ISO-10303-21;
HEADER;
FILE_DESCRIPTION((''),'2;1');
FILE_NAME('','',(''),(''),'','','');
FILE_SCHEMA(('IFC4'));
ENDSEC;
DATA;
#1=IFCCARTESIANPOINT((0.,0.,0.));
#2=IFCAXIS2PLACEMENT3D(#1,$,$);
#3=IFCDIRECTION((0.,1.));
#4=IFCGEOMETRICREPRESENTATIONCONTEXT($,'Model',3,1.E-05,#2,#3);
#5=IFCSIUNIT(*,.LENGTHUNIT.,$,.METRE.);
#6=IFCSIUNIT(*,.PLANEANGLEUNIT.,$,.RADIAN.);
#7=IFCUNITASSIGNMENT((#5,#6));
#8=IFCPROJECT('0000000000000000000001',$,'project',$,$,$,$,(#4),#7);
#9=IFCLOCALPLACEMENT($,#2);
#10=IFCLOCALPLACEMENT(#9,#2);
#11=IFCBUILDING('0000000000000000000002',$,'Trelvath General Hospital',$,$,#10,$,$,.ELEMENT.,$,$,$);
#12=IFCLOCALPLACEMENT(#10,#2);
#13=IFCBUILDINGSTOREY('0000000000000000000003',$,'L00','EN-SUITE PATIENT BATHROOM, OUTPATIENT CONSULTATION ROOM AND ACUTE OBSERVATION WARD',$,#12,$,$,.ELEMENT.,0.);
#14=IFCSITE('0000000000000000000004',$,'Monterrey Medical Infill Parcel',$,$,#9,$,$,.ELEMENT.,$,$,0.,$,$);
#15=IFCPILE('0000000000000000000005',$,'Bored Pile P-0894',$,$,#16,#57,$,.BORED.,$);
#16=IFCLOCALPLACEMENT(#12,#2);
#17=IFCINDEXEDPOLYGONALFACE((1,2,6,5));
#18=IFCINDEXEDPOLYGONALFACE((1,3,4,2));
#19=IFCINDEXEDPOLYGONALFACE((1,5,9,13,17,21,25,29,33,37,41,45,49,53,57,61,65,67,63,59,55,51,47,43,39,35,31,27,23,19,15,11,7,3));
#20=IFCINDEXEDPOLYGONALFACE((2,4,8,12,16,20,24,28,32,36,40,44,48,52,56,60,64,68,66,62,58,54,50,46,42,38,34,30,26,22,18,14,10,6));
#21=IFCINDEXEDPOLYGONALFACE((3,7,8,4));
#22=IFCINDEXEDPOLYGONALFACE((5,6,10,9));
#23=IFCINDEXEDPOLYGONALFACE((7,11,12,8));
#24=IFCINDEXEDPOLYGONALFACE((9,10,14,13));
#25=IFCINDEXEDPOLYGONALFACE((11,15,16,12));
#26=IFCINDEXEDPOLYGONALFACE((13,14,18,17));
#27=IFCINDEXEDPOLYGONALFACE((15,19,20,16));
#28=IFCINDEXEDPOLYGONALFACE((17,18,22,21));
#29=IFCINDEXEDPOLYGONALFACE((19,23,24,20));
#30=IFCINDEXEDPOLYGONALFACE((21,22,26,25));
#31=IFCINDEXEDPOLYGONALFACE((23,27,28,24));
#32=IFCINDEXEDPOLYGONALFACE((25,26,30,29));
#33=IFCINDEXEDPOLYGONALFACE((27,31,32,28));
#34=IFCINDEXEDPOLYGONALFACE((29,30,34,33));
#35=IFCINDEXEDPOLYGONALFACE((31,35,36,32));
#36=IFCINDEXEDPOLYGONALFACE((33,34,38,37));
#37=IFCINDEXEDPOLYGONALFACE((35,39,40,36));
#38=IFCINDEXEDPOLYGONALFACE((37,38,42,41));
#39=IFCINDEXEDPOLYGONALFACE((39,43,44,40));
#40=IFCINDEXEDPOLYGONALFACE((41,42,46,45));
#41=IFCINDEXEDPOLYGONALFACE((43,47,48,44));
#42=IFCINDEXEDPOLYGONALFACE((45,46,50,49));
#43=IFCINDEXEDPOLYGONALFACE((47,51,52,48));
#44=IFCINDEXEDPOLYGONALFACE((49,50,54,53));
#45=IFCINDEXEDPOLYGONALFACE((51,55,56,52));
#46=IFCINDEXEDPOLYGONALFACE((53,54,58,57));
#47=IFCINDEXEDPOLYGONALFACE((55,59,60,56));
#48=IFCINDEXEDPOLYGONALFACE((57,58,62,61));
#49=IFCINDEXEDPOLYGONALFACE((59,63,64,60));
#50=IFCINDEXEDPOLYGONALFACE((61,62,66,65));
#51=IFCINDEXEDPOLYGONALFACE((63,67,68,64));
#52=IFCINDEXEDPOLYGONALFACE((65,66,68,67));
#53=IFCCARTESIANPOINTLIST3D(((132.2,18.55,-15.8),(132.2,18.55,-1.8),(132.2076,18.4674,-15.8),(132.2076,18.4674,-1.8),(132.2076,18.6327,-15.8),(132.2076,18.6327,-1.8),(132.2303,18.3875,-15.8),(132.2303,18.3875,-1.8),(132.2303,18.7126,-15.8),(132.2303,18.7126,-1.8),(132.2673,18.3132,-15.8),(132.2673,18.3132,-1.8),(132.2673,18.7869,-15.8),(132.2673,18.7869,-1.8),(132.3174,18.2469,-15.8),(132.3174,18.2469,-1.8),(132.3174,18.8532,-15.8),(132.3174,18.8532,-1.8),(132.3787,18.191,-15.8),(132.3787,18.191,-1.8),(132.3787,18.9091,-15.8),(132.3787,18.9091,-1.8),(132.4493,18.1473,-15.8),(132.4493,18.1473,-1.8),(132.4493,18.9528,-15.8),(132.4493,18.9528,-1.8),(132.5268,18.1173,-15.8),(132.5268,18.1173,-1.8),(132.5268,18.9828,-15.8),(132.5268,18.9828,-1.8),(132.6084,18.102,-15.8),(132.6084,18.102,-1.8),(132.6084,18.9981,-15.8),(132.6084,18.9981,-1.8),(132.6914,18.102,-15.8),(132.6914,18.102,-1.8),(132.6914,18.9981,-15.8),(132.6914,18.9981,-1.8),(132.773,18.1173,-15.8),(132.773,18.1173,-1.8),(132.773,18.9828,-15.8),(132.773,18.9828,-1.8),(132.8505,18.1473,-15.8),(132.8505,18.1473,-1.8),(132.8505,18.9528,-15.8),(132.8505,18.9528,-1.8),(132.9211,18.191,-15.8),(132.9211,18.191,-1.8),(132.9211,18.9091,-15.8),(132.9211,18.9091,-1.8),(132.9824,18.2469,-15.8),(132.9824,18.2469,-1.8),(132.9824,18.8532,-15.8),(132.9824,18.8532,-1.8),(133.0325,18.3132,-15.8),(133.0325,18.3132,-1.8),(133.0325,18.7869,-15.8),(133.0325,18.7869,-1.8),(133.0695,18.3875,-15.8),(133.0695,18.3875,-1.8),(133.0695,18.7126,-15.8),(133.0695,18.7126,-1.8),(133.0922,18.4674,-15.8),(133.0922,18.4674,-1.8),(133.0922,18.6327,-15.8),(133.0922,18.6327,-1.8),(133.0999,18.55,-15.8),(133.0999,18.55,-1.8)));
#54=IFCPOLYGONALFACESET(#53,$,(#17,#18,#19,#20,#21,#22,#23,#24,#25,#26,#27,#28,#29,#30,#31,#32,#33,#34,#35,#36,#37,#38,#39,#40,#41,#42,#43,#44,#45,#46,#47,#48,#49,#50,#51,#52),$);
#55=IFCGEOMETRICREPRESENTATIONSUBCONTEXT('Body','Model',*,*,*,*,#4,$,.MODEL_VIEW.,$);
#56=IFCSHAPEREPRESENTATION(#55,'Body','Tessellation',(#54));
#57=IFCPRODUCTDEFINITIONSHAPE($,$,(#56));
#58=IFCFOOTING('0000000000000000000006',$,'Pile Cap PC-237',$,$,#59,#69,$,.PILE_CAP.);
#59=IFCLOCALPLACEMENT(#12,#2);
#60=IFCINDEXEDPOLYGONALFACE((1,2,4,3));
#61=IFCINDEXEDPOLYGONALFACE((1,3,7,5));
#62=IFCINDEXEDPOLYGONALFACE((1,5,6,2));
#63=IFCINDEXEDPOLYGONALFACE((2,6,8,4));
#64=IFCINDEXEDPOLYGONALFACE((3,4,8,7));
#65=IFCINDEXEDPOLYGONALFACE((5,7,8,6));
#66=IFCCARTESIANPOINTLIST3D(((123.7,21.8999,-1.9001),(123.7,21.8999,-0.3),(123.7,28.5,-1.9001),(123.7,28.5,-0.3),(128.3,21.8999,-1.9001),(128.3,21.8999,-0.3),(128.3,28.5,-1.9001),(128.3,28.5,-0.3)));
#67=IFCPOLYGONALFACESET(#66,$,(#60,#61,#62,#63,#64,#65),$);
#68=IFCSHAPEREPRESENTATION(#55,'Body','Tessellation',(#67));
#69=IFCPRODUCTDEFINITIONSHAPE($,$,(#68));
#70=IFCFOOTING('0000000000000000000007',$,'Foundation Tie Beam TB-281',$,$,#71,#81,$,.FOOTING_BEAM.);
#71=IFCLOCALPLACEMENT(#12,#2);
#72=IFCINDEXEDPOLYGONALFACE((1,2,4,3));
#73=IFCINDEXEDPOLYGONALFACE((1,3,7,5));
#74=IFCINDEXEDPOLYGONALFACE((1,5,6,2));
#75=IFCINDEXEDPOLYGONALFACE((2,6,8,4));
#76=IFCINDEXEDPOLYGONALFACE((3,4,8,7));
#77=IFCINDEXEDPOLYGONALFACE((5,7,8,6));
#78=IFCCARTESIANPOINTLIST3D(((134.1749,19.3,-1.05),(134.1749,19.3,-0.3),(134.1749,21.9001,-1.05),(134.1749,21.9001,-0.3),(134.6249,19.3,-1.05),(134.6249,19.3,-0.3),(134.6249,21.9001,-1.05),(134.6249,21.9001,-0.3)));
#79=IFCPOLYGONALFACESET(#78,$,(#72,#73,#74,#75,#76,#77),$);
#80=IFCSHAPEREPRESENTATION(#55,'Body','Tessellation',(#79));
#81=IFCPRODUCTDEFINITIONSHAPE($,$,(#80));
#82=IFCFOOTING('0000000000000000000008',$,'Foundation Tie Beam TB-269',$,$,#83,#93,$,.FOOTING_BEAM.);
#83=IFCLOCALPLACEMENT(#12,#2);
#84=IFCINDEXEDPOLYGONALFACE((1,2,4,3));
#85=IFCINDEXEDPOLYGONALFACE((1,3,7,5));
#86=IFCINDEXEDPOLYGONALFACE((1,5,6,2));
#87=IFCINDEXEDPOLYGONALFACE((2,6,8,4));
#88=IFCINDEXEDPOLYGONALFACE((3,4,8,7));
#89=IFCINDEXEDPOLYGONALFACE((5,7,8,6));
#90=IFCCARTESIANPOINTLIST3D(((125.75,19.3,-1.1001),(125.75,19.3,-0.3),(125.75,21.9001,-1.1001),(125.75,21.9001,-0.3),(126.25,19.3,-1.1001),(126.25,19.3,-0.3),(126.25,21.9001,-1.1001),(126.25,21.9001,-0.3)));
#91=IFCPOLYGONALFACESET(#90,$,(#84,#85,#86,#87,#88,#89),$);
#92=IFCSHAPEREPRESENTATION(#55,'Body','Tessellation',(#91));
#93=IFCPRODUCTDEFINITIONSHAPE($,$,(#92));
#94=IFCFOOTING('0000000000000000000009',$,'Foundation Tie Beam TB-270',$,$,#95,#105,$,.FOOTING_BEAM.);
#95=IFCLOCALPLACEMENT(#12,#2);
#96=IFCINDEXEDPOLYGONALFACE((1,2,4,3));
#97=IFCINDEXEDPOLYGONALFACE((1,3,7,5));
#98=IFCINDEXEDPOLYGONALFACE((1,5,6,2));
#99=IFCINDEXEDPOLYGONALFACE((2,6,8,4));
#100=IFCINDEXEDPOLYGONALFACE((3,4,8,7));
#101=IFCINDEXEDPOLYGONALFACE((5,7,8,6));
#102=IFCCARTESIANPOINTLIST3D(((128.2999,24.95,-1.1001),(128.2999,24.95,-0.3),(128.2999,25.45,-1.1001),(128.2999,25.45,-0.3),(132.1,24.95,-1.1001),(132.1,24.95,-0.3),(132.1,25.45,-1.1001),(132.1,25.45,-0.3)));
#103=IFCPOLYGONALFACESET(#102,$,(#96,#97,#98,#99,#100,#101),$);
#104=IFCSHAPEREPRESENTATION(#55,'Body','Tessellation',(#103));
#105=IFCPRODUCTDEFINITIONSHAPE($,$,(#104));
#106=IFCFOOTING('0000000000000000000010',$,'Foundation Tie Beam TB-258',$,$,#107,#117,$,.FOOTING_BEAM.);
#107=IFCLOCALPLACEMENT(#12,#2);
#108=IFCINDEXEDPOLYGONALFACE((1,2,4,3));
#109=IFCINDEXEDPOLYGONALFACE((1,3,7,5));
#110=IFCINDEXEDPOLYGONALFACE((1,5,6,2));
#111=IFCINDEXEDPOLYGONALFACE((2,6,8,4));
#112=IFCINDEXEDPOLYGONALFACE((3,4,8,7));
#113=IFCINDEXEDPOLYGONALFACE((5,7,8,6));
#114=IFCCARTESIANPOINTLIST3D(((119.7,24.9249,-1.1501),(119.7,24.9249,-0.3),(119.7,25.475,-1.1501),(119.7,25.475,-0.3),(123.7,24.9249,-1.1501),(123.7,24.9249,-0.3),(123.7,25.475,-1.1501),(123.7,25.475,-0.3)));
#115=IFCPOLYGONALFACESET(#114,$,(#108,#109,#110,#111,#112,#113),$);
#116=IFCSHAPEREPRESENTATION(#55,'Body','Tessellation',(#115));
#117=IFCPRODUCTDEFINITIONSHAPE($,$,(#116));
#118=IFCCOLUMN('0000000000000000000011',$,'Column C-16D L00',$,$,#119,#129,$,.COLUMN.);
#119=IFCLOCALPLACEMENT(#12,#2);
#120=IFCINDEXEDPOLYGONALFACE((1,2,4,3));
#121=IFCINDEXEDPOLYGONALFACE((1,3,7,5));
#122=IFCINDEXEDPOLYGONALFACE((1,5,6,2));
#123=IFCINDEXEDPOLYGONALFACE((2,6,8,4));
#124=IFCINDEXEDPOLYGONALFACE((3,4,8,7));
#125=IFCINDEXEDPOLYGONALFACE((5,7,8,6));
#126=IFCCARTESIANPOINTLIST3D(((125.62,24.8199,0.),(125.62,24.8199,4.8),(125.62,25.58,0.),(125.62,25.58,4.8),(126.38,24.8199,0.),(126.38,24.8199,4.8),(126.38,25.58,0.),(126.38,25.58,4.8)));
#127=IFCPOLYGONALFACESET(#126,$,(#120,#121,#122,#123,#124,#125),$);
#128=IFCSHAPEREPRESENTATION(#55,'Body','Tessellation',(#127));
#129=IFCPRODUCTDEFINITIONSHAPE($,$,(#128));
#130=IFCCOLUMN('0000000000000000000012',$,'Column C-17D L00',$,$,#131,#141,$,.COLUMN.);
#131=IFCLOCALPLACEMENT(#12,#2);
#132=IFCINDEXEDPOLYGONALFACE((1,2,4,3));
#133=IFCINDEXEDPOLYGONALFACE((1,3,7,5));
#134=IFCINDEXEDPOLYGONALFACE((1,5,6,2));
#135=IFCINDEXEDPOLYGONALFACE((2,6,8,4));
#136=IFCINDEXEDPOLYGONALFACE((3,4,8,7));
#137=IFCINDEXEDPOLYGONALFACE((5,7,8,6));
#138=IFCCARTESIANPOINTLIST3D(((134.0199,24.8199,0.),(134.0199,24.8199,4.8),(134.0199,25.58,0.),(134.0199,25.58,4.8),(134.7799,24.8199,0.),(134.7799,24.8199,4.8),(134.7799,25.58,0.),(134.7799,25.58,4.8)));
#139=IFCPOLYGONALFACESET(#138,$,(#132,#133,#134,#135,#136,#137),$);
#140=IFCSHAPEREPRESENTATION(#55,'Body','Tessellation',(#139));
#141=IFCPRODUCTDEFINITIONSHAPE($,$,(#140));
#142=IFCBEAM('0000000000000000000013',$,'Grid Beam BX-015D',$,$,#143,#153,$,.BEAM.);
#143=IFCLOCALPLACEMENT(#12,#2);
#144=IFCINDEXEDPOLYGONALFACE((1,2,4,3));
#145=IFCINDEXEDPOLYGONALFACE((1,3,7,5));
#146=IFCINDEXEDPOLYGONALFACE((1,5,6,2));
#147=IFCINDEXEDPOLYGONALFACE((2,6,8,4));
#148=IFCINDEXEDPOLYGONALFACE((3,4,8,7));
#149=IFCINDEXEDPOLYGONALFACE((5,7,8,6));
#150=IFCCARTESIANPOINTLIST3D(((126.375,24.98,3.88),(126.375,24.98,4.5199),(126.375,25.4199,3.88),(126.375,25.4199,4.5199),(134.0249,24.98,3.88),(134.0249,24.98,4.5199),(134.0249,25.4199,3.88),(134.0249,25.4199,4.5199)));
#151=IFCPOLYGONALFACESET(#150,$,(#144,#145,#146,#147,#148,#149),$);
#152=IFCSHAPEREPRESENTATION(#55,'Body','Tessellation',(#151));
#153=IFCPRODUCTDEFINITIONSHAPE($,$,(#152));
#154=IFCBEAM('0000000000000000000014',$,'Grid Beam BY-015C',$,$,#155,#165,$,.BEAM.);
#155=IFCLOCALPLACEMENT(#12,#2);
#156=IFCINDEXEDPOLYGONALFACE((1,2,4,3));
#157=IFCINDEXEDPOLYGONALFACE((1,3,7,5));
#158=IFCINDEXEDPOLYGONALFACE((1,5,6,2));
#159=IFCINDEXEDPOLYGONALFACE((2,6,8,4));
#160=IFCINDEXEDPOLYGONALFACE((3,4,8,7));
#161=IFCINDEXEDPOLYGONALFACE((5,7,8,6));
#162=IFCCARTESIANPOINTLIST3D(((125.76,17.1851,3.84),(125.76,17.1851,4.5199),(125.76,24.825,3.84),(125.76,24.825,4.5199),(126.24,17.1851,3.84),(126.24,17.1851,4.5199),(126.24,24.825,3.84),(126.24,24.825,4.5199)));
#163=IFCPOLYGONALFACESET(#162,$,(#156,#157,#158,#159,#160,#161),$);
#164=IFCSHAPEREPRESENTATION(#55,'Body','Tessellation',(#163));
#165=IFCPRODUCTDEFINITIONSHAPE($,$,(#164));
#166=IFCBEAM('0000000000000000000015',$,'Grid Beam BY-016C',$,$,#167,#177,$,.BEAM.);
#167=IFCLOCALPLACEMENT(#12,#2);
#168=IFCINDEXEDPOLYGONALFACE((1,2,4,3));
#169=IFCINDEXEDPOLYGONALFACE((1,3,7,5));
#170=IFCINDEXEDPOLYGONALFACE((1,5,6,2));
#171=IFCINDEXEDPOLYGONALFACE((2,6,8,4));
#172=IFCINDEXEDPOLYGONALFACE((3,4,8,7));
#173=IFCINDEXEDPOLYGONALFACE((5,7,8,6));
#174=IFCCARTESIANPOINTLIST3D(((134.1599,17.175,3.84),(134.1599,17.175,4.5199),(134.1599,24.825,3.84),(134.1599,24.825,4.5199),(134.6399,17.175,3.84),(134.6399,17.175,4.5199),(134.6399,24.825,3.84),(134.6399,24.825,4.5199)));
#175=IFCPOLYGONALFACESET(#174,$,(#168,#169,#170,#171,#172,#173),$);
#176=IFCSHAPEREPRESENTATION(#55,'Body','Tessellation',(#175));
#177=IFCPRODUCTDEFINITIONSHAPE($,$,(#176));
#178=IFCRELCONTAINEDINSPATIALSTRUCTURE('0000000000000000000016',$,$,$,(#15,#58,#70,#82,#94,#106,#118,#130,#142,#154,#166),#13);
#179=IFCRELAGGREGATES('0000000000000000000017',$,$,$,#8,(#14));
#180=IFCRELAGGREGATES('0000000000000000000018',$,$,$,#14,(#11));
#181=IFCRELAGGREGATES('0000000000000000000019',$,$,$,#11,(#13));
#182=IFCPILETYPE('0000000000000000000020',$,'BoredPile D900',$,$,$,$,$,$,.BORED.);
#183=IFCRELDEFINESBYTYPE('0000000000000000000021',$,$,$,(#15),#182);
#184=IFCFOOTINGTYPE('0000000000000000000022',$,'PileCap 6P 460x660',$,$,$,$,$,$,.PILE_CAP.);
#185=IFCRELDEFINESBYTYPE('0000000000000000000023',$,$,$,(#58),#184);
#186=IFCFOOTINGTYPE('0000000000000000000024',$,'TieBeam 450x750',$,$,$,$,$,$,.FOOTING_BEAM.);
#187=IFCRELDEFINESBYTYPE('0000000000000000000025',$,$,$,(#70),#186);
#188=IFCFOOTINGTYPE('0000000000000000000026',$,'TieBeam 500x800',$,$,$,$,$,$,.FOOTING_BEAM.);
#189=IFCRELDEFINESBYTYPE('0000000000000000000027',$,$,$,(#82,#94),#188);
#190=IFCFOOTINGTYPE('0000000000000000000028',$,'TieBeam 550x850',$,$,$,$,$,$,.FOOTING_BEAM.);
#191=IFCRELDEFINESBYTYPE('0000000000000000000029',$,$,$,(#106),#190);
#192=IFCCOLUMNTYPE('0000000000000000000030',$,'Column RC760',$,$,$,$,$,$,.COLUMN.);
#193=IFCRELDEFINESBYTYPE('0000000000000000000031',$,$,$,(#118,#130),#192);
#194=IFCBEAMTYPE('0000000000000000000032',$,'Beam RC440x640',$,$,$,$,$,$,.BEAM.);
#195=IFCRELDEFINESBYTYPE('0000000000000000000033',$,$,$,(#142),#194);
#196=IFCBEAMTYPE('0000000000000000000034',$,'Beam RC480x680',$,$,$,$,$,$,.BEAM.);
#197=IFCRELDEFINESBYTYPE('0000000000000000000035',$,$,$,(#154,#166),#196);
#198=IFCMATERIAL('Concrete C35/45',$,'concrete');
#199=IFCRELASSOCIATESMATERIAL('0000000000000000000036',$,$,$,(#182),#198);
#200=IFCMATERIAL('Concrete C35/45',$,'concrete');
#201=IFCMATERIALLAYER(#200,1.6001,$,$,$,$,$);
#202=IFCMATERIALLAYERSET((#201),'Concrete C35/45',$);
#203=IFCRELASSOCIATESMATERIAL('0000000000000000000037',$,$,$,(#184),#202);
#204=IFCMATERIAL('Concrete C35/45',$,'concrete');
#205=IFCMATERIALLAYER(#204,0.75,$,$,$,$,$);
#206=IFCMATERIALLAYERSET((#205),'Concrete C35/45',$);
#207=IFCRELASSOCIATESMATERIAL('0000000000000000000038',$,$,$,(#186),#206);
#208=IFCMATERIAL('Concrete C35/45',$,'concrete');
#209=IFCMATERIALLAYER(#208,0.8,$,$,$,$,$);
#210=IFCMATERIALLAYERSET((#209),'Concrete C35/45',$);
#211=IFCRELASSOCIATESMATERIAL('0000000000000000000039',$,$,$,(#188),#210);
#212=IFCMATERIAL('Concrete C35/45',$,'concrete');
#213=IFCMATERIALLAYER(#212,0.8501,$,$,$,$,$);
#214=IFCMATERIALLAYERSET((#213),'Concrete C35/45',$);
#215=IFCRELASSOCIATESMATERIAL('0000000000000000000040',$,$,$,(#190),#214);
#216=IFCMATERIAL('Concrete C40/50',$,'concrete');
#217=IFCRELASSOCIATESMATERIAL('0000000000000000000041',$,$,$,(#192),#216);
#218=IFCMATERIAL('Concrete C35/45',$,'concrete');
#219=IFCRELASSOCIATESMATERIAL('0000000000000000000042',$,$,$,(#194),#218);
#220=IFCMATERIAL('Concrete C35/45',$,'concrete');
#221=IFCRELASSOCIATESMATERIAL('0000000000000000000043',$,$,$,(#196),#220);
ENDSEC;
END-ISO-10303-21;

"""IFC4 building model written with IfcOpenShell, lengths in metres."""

from ifc_helpers import new_model, si_unit, direction, frame, origin, origin_2d, place, context, subcontext, project, spatial, rectangle, circle, extrude, material, layer, layer_set, material_profile, profile_set, type_object, element, save


model = new_model("IFC4")

# Units and contexts
model_context = context("Model", 3, precision=1e-05, world=origin(), true_north=direction((0.0, 1.0)))
body_context = subcontext(model_context, "Body", "Model", "MODEL_VIEW")
ifc_project = project(units=[si_unit("LENGTHUNIT", "METRE"), si_unit("PLANEANGLEUNIT", "RADIAN")], contexts=[model_context])

# Site, building, storey
site_placement = place(None, origin())
site = spatial("IfcSite", under=ifc_project, at=site_placement, Name="Monterrey Medical Infill Parcel", CompositionType="ELEMENT", RefElevation=0.0)
building_placement = place(site_placement, origin())
building = spatial("IfcBuilding", under=site, at=building_placement, Name="Trelvath General Hospital", CompositionType="ELEMENT")
storey_placement = place(building_placement, origin())
storey = spatial("IfcBuildingStorey", under=building, at=storey_placement, Name="L00", Description="EN-SUITE PATIENT BATHROOM, OUTPATIENT CONSULTATION ROOM AND ACUTE OBSERVATION WARD", CompositionType="ELEMENT", Elevation=0.0)

# Pile
ifc_material_1 = material(Name="Concrete C35/45", Category="concrete")
ifc_material_profile_1 = material_profile(ifc_material_1, circle(Radius=0.45, at=origin_2d()), Name="PILE900")
ifc_profile_set_1 = profile_set([ifc_material_profile_1], Name="Concrete C35/45")
pile_type_1 = type_object("IfcPileType", Name="BoredPile D900", PredefinedType="BORED", material=ifc_profile_set_1)
for number, where, z_axis, x_axis, name in (
    (1, (132.6499, 18.55, -1.8), (0.0, 0.0, -1.0), (1.0, 0.0, 0.0), "Bored Pile P-0894"),
):
    element("IfcPile", number, at=place(storey_placement, frame(where, z_axis=z_axis, x_axis=x_axis)), inside=storey, type_object=pile_type_1, Name=name, PredefinedType="BORED", context=body_context, shape_type="SweptSolid", body=[
        extrude(circle(Radius=0.45, at=origin_2d()), origin(), (0.0, 0.0, 1.0), 14.0),
    ])

# Footings
ifc_material_2 = material(Name="Concrete C35/45", Category="concrete")
ifc_layer_1 = layer(ifc_material_2, 1.6001)
ifc_layer_set_1 = layer_set([ifc_layer_1], Name="Concrete C35/45")
footing_type_1 = type_object("IfcFootingType", Name="PileCap 6P 460x660", PredefinedType="PILE_CAP", material=ifc_layer_set_1)
footing_1_placement = place(storey_placement, frame((126.0, 25.2, -1.9001), z_axis=(0.0, 0.0, 1.0), x_axis=(1.0, 0.0, 0.0)))
element("IfcFooting", 2, at=footing_1_placement, inside=storey, type_object=footing_type_1, Name="Pile Cap PC-237", PredefinedType="PILE_CAP", context=body_context, shape_type="SweptSolid", body=[
    extrude(rectangle(XDim=4.6001, YDim=6.6001, at=origin_2d()), origin(), (0.0, 0.0, 1.0), 1.6001),
])
ifc_material_3 = material(Name="Concrete C35/45", Category="concrete")
ifc_layer_2 = layer(ifc_material_3, 0.75)
ifc_layer_set_2 = layer_set([ifc_layer_2], Name="Concrete C35/45")
footing_type_2 = type_object("IfcFootingType", Name="TieBeam 450x750", PredefinedType="FOOTING_BEAM", material=ifc_layer_set_2)
footing_2_placement = place(storey_placement, frame((134.3999, 20.6001, -1.05), z_axis=(0.0, 0.0, 1.0), x_axis=(1.0, 0.0, 0.0)))
element("IfcFooting", 3, at=footing_2_placement, inside=storey, type_object=footing_type_2, Name="Foundation Tie Beam TB-281", PredefinedType="FOOTING_BEAM", context=body_context, shape_type="SweptSolid", body=[
    extrude(rectangle(XDim=0.45, YDim=2.6001, at=origin_2d()), origin(), (0.0, 0.0, 1.0), 0.75),
])
ifc_material_4 = material(Name="Concrete C35/45", Category="concrete")
ifc_layer_3 = layer(ifc_material_4, 0.8)
ifc_layer_set_3 = layer_set([ifc_layer_3], Name="Concrete C35/45")
footing_type_3 = type_object("IfcFootingType", Name="TieBeam 500x800", PredefinedType="FOOTING_BEAM", material=ifc_layer_set_3)
footing_3_placement = place(storey_placement, frame((126.0, 20.6001, -1.1001), z_axis=(0.0, 0.0, 1.0), x_axis=(1.0, 0.0, 0.0)))
element("IfcFooting", 4, at=footing_3_placement, inside=storey, type_object=footing_type_3, Name="Foundation Tie Beam TB-269", PredefinedType="FOOTING_BEAM", context=body_context, shape_type="SweptSolid", body=[
    extrude(rectangle(XDim=0.5, YDim=2.6001, at=origin_2d()), origin(), (0.0, 0.0, 1.0), 0.8),
])
footing_4_placement = place(storey_placement, frame((130.2, 25.2, -1.1001), z_axis=(0.0, 0.0, 1.0), x_axis=(1.0, 0.0, 0.0)))
element("IfcFooting", 5, at=footing_4_placement, inside=storey, type_object=footing_type_3, Name="Foundation Tie Beam TB-270", PredefinedType="FOOTING_BEAM", context=body_context, shape_type="SweptSolid", body=[
    extrude(rectangle(XDim=3.8, YDim=0.5, at=origin_2d()), origin(), (0.0, 0.0, 1.0), 0.8),
])
ifc_material_5 = material(Name="Concrete C35/45", Category="concrete")
ifc_layer_4 = layer(ifc_material_5, 0.8501)
ifc_layer_set_4 = layer_set([ifc_layer_4], Name="Concrete C35/45")
footing_type_4 = type_object("IfcFootingType", Name="TieBeam 550x850", PredefinedType="FOOTING_BEAM", material=ifc_layer_set_4)
footing_5_placement = place(storey_placement, frame((121.7, 25.2, -1.1501), z_axis=(0.0, 0.0, 1.0), x_axis=(1.0, 0.0, 0.0)))
element("IfcFooting", 6, at=footing_5_placement, inside=storey, type_object=footing_type_4, Name="Foundation Tie Beam TB-258", PredefinedType="FOOTING_BEAM", context=body_context, shape_type="SweptSolid", body=[
    extrude(rectangle(XDim=4.0, YDim=0.55, at=origin_2d()), origin(), (0.0, 0.0, 1.0), 0.8501),
])

# Columns
ifc_material_6 = material(Name="Concrete C40/50", Category="concrete")
ifc_material_profile_2 = material_profile(ifc_material_6, rectangle(XDim=0.76, YDim=0.76, at=origin_2d()), Name="RC760x760")
ifc_profile_set_2 = profile_set([ifc_material_profile_2], Name="Concrete C40/50")
column_type = type_object("IfcColumnType", Name="Column RC760", PredefinedType="COLUMN", material=ifc_profile_set_2)
for number, where, z_axis, x_axis, name in (
    (7, (126.0, 25.2, 0.0), (0.0, 0.0, 1.0), (1.0, 0.0, 0.0), "Column C-16D L00"),
    (8, (134.3999, 25.2, 0.0), (0.0, 0.0, 1.0), (1.0, 0.0, 0.0), "Column C-17D L00"),
):
    element("IfcColumn", number, at=place(storey_placement, frame(where, z_axis=z_axis, x_axis=x_axis)), inside=storey, type_object=column_type, Name=name, PredefinedType="COLUMN", context=body_context, shape_type="SweptSolid", body=[
        extrude(rectangle(XDim=0.76, YDim=0.76, at=origin_2d()), origin(), (0.0, 0.0, 1.0), 4.8),
    ])

# Beams
ifc_material_7 = material(Name="Concrete C35/45", Category="concrete")
ifc_material_profile_3 = material_profile(ifc_material_7, rectangle(XDim=0.4399, YDim=0.6399, at=origin_2d()), Name="RCB440x640")
ifc_profile_set_3 = profile_set([ifc_material_profile_3], Name="Concrete C35/45")
beam_type_1 = type_object("IfcBeamType", Name="Beam RC440x640", PredefinedType="BEAM", material=ifc_profile_set_3)
beam_1_placement = place(storey_placement, frame((126.375, 25.2, 4.2), z_axis=(1.0, 0.0, 0.0), x_axis=(0.0, 1.0, 0.0)))
element("IfcBeam", 9, at=beam_1_placement, inside=storey, type_object=beam_type_1, Name="Grid Beam BX-015D", PredefinedType="BEAM", context=body_context, shape_type="SweptSolid", body=[
    extrude(rectangle(XDim=0.4399, YDim=0.6399, at=origin_2d()), origin(), (0.0, 0.0, 1.0), 7.6499),
])
ifc_material_8 = material(Name="Concrete C35/45", Category="concrete")
ifc_material_profile_4 = material_profile(ifc_material_8, rectangle(XDim=0.48, YDim=0.6799, at=origin_2d()), Name="RCB480x680")
ifc_profile_set_4 = profile_set([ifc_material_profile_4], Name="Concrete C35/45")
beam_type_2 = type_object("IfcBeamType", Name="Beam RC480x680", PredefinedType="BEAM", material=ifc_profile_set_4)
beam_2_placement = place(storey_placement, frame((126.0, 17.1851, 4.1799), z_axis=(0.0, 1.0, 0.0), x_axis=(-1.0, 0.0, 0.0)))
element("IfcBeam", 10, at=beam_2_placement, inside=storey, type_object=beam_type_2, Name="Grid Beam BY-015C", PredefinedType="BEAM", context=body_context, shape_type="SweptSolid", body=[
    extrude(rectangle(XDim=0.48, YDim=0.6799, at=origin_2d()), origin(), (0.0, 0.0, 1.0), 7.6399),
])
beam_3_placement = place(storey_placement, frame((134.3999, 17.175, 4.1799), z_axis=(0.0, 1.0, 0.0), x_axis=(-1.0, 0.0, 0.0)))
element("IfcBeam", 11, at=beam_3_placement, inside=storey, type_object=beam_type_2, Name="Grid Beam BY-016C", PredefinedType="BEAM", context=body_context, shape_type="SweptSolid", body=[
    extrude(rectangle(XDim=0.48, YDim=0.6799, at=origin_2d()), origin(), (0.0, 0.0, 1.0), 7.6499),
])

save(model, "model.ifc")
